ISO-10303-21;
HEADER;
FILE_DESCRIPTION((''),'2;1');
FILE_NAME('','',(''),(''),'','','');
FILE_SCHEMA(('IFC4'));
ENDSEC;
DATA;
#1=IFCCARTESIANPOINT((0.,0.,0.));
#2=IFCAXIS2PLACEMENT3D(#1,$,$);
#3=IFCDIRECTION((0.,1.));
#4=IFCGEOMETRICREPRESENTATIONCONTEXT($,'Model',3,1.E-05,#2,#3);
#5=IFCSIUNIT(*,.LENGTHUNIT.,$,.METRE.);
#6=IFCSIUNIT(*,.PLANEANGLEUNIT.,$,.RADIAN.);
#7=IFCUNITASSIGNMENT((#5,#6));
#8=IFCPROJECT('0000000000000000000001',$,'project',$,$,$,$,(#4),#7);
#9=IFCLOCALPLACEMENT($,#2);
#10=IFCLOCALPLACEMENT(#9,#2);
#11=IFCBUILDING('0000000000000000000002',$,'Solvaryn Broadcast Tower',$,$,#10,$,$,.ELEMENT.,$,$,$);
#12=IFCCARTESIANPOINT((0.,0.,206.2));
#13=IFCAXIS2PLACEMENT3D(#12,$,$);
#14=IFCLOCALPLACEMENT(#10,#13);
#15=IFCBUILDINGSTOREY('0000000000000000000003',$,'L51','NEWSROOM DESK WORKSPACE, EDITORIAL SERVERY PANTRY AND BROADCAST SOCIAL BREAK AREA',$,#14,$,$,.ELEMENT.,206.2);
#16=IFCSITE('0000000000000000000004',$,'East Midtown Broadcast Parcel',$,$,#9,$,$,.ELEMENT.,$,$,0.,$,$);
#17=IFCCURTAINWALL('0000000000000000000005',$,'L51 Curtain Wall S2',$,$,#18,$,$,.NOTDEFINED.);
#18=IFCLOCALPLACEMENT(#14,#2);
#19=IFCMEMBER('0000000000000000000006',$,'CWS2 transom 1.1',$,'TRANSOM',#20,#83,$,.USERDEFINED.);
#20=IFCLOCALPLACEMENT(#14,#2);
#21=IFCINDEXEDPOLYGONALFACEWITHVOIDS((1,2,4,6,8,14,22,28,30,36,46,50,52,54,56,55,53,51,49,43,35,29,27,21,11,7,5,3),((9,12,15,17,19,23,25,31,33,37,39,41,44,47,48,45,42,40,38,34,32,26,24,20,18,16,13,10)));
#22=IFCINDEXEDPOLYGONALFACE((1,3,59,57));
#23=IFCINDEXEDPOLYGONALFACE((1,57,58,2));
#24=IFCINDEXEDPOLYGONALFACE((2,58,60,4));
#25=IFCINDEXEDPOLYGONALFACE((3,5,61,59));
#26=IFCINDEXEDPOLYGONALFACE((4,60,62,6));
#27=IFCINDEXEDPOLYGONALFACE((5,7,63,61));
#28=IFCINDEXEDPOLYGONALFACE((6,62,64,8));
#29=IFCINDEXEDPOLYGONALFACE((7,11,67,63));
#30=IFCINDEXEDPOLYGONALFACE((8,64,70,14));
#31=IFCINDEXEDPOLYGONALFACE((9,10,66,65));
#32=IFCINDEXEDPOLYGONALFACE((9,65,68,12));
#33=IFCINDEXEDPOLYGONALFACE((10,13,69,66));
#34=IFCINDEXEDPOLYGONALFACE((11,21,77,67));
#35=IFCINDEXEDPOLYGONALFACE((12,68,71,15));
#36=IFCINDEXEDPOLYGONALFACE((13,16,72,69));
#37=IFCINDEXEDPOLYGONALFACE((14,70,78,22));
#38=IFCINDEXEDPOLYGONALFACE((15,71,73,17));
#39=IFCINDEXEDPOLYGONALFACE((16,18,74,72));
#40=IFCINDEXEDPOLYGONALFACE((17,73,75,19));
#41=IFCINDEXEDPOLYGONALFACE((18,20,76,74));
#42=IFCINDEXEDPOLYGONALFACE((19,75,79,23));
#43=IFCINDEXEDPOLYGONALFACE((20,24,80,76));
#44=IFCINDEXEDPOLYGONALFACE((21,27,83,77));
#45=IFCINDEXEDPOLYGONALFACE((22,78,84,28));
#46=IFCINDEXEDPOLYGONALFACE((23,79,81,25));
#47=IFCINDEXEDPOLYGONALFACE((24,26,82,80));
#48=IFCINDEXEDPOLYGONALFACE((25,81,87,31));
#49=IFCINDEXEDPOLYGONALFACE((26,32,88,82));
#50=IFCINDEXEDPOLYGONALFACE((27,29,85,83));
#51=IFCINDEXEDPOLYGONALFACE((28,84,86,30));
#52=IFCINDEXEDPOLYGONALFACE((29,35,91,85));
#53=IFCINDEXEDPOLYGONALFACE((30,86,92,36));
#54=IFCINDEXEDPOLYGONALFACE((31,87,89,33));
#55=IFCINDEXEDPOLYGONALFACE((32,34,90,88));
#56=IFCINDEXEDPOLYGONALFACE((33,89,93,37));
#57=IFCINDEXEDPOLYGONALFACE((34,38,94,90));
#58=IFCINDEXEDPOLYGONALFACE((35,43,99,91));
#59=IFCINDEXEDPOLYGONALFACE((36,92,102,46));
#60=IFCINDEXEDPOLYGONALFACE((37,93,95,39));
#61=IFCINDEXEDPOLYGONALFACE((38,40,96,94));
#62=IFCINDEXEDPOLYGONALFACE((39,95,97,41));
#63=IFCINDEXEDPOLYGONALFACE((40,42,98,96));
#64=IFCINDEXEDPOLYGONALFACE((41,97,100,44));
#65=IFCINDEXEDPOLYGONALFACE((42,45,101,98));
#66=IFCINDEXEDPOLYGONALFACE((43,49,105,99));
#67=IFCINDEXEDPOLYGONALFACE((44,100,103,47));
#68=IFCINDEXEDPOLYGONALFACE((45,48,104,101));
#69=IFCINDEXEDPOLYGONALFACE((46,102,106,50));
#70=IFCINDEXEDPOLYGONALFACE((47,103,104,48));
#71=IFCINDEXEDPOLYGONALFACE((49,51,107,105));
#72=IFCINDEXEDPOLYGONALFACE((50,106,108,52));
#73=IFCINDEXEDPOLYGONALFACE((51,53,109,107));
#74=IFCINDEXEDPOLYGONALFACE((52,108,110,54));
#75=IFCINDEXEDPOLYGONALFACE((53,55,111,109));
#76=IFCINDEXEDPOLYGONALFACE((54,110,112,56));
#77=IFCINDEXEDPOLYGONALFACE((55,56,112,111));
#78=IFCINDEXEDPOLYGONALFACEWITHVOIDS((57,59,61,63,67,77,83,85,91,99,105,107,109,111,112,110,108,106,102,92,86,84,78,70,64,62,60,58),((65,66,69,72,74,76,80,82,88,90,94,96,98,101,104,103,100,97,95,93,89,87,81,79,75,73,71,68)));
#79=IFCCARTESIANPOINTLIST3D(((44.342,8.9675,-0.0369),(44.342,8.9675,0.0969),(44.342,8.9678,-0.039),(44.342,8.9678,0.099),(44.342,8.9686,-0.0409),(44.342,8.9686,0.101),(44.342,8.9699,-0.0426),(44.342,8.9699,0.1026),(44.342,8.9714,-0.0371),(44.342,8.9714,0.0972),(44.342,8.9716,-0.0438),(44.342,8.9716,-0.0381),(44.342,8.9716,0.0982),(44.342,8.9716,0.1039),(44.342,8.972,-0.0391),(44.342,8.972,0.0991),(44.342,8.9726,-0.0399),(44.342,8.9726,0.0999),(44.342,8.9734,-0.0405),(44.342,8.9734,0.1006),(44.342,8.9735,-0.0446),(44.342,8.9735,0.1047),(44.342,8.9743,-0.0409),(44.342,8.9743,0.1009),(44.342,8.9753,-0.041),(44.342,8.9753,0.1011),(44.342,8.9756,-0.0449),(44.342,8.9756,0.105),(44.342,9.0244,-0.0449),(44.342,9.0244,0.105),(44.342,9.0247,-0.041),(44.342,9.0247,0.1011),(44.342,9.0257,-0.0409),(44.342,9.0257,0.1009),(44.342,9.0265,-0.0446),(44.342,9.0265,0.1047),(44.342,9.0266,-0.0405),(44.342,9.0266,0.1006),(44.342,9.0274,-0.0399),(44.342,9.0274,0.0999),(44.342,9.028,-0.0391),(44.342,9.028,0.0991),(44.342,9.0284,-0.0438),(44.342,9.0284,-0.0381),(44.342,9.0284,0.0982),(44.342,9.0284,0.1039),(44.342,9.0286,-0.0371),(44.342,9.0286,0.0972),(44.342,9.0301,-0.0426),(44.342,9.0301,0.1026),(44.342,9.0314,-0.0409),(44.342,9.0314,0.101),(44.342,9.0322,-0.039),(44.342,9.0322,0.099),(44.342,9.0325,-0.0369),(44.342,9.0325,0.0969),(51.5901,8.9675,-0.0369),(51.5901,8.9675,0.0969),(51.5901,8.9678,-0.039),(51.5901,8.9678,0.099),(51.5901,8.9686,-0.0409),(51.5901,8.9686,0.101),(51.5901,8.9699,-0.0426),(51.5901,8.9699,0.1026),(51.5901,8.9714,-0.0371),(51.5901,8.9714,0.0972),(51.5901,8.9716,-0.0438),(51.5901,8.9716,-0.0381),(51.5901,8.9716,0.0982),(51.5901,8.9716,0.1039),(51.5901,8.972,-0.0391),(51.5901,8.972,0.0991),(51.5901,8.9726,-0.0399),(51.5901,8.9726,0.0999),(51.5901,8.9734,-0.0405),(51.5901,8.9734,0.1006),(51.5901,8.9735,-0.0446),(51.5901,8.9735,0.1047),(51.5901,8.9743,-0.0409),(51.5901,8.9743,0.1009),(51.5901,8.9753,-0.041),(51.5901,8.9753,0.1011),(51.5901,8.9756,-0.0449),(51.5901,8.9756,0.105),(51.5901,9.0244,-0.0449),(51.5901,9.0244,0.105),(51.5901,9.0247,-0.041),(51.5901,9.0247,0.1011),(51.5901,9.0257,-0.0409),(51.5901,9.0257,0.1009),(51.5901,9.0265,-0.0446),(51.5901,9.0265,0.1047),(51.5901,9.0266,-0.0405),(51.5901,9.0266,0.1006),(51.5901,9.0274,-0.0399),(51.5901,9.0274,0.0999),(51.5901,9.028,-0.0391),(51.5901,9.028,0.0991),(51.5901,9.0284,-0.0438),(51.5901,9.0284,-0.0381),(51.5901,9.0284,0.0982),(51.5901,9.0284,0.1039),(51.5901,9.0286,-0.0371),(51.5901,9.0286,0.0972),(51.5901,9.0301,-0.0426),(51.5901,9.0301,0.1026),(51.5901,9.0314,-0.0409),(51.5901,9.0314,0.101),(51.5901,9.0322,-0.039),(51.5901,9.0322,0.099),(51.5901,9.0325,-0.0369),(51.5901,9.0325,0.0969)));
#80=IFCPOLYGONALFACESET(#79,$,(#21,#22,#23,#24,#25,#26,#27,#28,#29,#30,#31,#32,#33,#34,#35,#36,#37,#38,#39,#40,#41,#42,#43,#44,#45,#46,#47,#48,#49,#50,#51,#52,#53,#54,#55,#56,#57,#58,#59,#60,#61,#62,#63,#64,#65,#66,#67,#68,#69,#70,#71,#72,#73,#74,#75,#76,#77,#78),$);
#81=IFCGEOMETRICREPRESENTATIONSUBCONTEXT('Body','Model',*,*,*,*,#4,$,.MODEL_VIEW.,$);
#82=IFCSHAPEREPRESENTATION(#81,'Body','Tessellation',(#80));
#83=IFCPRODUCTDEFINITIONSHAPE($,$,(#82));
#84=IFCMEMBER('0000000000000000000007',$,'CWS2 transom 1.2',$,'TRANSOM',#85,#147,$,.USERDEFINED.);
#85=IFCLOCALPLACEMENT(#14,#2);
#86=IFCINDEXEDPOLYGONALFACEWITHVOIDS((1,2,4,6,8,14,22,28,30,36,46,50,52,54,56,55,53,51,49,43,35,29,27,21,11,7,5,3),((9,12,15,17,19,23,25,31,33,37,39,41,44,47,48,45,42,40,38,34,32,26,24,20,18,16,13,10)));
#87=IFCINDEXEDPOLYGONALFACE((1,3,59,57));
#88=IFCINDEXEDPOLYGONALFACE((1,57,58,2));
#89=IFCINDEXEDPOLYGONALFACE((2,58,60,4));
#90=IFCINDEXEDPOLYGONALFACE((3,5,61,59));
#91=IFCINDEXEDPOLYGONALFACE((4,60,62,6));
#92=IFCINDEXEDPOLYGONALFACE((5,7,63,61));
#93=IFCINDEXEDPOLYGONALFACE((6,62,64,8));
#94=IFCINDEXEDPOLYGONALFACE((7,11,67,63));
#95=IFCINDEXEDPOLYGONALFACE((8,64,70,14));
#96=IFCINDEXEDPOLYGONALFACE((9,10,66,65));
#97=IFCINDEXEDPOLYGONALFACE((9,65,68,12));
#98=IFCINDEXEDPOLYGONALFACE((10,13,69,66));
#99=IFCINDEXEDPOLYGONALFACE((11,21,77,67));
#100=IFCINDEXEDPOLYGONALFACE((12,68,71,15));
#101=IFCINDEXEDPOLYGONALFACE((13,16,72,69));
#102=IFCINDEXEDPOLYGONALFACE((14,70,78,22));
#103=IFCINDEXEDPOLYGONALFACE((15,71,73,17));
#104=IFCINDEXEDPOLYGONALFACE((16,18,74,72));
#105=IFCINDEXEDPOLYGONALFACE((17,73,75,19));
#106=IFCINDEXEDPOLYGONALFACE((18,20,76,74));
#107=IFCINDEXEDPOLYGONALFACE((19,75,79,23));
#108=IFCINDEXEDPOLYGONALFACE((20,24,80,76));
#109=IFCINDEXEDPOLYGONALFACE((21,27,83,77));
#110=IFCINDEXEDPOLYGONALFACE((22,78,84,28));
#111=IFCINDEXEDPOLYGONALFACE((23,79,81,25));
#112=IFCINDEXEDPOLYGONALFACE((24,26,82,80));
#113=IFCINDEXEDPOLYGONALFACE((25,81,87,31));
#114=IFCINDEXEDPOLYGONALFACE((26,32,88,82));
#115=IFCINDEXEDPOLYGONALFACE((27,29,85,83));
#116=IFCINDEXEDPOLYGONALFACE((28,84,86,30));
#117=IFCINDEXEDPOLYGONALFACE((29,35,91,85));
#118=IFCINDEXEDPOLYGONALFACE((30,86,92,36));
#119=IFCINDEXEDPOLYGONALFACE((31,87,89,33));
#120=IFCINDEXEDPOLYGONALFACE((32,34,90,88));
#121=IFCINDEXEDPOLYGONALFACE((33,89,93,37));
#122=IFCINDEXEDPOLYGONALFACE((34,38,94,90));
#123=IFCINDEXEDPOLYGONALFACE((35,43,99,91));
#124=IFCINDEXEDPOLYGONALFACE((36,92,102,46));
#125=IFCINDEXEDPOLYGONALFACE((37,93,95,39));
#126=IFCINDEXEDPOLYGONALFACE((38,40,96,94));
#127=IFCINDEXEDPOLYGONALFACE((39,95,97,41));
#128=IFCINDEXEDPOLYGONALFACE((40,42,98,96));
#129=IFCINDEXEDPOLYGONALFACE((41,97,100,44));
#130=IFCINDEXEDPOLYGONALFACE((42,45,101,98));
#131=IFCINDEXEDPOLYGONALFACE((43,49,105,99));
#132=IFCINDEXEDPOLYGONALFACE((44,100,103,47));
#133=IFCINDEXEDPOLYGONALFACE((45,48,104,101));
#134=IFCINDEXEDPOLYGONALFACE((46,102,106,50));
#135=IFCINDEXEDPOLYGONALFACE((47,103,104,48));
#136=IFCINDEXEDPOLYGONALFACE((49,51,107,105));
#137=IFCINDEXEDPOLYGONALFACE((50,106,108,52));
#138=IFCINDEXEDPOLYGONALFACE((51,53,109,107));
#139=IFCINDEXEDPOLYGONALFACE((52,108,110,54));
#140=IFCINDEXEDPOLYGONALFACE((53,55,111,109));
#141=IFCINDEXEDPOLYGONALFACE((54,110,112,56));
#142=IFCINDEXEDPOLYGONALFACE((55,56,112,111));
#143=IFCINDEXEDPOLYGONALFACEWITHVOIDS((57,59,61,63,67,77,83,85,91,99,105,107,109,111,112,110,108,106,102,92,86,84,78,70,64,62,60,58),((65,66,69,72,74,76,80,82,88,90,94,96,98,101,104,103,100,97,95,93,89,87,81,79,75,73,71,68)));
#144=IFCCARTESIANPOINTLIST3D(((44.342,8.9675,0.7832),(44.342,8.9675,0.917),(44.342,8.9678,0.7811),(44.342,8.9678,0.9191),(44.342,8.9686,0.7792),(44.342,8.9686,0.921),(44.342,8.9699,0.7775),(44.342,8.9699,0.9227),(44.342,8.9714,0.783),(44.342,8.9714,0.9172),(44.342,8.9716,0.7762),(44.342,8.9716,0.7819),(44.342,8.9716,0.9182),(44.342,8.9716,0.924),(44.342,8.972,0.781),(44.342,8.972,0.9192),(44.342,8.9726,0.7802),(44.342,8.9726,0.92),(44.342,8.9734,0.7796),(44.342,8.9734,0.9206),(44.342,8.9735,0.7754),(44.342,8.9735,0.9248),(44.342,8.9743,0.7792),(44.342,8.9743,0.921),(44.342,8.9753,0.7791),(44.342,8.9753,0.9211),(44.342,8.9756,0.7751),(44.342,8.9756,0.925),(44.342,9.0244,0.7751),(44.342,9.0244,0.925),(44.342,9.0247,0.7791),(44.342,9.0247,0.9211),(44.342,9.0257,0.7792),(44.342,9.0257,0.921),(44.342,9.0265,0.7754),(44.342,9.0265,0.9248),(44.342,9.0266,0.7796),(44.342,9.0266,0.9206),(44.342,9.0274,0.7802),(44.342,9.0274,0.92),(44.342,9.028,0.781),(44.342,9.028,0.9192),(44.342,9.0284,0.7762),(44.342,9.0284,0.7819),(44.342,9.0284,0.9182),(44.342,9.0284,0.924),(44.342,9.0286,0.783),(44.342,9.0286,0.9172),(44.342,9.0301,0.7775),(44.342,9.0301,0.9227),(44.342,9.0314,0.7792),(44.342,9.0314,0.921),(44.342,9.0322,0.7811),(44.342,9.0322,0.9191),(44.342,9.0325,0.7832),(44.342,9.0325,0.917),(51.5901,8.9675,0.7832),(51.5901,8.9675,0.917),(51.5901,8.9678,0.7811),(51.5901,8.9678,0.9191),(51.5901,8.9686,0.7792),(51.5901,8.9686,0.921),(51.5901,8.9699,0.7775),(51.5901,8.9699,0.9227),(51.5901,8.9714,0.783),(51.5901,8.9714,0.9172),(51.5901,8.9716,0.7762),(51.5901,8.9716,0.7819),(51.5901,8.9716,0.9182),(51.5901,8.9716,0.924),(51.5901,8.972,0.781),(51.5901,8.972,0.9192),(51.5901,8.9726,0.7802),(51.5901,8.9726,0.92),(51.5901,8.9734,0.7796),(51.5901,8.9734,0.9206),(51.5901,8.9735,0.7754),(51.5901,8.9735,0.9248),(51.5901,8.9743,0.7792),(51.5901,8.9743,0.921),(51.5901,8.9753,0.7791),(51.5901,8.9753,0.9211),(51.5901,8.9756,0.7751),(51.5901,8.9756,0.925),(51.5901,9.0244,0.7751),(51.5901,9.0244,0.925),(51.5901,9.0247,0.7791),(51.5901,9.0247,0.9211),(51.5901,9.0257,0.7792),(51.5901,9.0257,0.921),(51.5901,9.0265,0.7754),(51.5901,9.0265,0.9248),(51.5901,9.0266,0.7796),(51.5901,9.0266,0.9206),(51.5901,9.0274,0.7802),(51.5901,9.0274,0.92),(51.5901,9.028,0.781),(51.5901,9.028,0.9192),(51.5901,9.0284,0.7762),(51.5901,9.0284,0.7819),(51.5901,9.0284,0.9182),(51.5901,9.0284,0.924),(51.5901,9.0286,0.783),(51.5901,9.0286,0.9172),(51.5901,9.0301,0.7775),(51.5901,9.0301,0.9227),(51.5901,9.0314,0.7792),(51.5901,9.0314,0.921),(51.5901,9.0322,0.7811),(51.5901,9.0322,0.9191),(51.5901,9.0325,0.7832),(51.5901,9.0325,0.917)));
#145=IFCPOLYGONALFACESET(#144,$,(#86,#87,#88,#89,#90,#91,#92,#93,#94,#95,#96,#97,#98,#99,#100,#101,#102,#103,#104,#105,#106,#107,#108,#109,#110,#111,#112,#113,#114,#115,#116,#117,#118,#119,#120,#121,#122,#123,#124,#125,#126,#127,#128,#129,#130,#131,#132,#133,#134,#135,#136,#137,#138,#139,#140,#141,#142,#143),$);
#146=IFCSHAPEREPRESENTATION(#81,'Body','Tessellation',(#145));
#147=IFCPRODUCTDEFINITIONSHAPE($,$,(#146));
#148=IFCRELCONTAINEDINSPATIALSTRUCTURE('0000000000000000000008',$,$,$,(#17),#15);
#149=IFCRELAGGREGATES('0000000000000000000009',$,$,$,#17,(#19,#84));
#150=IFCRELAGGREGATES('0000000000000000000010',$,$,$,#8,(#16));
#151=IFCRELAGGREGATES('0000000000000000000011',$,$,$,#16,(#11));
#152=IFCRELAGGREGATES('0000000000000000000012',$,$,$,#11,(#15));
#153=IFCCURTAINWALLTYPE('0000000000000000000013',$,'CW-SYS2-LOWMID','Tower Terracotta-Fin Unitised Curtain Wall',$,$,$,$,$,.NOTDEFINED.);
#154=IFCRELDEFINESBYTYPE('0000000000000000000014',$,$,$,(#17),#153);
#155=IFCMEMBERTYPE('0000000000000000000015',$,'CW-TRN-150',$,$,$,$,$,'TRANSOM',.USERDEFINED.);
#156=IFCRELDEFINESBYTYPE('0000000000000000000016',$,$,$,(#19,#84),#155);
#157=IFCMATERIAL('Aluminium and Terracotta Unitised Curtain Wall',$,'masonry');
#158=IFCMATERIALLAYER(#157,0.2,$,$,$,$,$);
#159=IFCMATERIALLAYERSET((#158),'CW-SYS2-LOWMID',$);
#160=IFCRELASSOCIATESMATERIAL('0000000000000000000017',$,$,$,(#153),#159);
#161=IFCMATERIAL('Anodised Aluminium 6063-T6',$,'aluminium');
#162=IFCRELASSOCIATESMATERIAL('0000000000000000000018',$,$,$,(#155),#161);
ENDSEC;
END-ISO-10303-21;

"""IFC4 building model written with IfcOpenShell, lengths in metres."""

from ifc_helpers import new_model, si_unit, direction, frame, origin, origin_2d, place, context, subcontext, project, spatial, hollow_rectangle, extrude, material, layer, layer_set, material_profile, profile_set, type_object, element, aggregate, save


model = new_model("IFC4")

# Units and contexts
model_context = context("Model", 3, precision=1e-05, world=origin(), true_north=direction((0.0, 1.0)))
body_context = subcontext(model_context, "Body", "Model", "MODEL_VIEW")
ifc_project = project(units=[si_unit("LENGTHUNIT", "METRE"), si_unit("PLANEANGLEUNIT", "RADIAN")], contexts=[model_context])

# Site, building, storey
site_placement = place(None, origin())
site = spatial("IfcSite", under=ifc_project, at=site_placement, Name="East Midtown Broadcast Parcel", CompositionType="ELEMENT", RefElevation=0.0)
building_placement = place(site_placement, origin())
building = spatial("IfcBuilding", under=site, at=building_placement, Name="Solvaryn Broadcast Tower", CompositionType="ELEMENT")
storey_placement = place(building_placement, frame((0.0, 0.0, 206.2)))
storey = spatial("IfcBuildingStorey", under=building, at=storey_placement, Name="L51", Description="NEWSROOM DESK WORKSPACE, EDITORIAL SERVERY PANTRY AND BROADCAST SOCIAL BREAK AREA", CompositionType="ELEMENT", Elevation=206.2)

# Shared definitions
ifc_material_1 = material(Name="Aluminium and Terracotta Unitised Curtain Wall", Category="masonry")
ifc_layer_1 = layer(ifc_material_1, 0.2)
ifc_layer_set_1 = layer_set([ifc_layer_1], Name="CW-SYS2-LOWMID")
curtain_wall_type = type_object("IfcCurtainWallType", Name="CW-SYS2-LOWMID", Description="Tower Terracotta-Fin Unitised Curtain Wall", PredefinedType="NOTDEFINED", material=ifc_layer_set_1)

# Curtain wall, members
curtain_wall_1_placement = place(storey_placement, origin())
curtain_wall_1 = element("IfcCurtainWall", 1, at=curtain_wall_1_placement, inside=storey, type_object=curtain_wall_type, Name="L51 Curtain Wall S2", PredefinedType="NOTDEFINED")
ifc_material_2 = material(Name="Anodised Aluminium 6063-T6", Category="aluminium")
ifc_material_profile_1 = material_profile(ifc_material_2, hollow_rectangle(XDim=0.0649, YDim=0.1499, WallThickness=0.0039, InnerFilletRadius=0.0039, OuterFilletRadius=0.0081, at=origin_2d()))
ifc_profile_set_1 = profile_set([ifc_material_profile_1], Name="Anodised Aluminium 6063-T6")
member_type_1 = type_object("IfcMemberType", Name="CW-TRN-150", ElementType="TRANSOM", PredefinedType="USERDEFINED", material=ifc_profile_set_1)
member_1_placement = place(storey_placement, frame((44.342, 9.0, 0.03), z_axis=(1.0, 0.0, 0.0), x_axis=(0.0, 1.0, 0.0)))
member_1 = element("IfcMember", 2, at=member_1_placement, type_object=member_type_1, Name="CWS2 transom 1.1", ObjectType="TRANSOM", PredefinedType="USERDEFINED", context=body_context, shape_type="SweptSolid", body=[
    extrude(hollow_rectangle(XDim=0.0649, YDim=0.1499, WallThickness=0.0039, InnerFilletRadius=0.0039, OuterFilletRadius=0.0081, at=origin_2d()), origin(), (0.0, 0.0, 1.0), 7.248),
])
member_2_placement = place(storey_placement, frame((44.342, 9.0, 0.8501), z_axis=(1.0, 0.0, 0.0), x_axis=(0.0, 1.0, 0.0)))
member_2 = element("IfcMember", 3, at=member_2_placement, type_object=member_type_1, Name="CWS2 transom 1.2", ObjectType="TRANSOM", PredefinedType="USERDEFINED", context=body_context, shape_type="SweptSolid", body=[
    extrude(hollow_rectangle(XDim=0.0649, YDim=0.1499, WallThickness=0.0039, InnerFilletRadius=0.0039, OuterFilletRadius=0.0081, at=origin_2d()), origin(), (0.0, 0.0, 1.0), 7.248),
])
aggregate(curtain_wall_1, [member_1, member_2])

save(model, "model.ifc")
